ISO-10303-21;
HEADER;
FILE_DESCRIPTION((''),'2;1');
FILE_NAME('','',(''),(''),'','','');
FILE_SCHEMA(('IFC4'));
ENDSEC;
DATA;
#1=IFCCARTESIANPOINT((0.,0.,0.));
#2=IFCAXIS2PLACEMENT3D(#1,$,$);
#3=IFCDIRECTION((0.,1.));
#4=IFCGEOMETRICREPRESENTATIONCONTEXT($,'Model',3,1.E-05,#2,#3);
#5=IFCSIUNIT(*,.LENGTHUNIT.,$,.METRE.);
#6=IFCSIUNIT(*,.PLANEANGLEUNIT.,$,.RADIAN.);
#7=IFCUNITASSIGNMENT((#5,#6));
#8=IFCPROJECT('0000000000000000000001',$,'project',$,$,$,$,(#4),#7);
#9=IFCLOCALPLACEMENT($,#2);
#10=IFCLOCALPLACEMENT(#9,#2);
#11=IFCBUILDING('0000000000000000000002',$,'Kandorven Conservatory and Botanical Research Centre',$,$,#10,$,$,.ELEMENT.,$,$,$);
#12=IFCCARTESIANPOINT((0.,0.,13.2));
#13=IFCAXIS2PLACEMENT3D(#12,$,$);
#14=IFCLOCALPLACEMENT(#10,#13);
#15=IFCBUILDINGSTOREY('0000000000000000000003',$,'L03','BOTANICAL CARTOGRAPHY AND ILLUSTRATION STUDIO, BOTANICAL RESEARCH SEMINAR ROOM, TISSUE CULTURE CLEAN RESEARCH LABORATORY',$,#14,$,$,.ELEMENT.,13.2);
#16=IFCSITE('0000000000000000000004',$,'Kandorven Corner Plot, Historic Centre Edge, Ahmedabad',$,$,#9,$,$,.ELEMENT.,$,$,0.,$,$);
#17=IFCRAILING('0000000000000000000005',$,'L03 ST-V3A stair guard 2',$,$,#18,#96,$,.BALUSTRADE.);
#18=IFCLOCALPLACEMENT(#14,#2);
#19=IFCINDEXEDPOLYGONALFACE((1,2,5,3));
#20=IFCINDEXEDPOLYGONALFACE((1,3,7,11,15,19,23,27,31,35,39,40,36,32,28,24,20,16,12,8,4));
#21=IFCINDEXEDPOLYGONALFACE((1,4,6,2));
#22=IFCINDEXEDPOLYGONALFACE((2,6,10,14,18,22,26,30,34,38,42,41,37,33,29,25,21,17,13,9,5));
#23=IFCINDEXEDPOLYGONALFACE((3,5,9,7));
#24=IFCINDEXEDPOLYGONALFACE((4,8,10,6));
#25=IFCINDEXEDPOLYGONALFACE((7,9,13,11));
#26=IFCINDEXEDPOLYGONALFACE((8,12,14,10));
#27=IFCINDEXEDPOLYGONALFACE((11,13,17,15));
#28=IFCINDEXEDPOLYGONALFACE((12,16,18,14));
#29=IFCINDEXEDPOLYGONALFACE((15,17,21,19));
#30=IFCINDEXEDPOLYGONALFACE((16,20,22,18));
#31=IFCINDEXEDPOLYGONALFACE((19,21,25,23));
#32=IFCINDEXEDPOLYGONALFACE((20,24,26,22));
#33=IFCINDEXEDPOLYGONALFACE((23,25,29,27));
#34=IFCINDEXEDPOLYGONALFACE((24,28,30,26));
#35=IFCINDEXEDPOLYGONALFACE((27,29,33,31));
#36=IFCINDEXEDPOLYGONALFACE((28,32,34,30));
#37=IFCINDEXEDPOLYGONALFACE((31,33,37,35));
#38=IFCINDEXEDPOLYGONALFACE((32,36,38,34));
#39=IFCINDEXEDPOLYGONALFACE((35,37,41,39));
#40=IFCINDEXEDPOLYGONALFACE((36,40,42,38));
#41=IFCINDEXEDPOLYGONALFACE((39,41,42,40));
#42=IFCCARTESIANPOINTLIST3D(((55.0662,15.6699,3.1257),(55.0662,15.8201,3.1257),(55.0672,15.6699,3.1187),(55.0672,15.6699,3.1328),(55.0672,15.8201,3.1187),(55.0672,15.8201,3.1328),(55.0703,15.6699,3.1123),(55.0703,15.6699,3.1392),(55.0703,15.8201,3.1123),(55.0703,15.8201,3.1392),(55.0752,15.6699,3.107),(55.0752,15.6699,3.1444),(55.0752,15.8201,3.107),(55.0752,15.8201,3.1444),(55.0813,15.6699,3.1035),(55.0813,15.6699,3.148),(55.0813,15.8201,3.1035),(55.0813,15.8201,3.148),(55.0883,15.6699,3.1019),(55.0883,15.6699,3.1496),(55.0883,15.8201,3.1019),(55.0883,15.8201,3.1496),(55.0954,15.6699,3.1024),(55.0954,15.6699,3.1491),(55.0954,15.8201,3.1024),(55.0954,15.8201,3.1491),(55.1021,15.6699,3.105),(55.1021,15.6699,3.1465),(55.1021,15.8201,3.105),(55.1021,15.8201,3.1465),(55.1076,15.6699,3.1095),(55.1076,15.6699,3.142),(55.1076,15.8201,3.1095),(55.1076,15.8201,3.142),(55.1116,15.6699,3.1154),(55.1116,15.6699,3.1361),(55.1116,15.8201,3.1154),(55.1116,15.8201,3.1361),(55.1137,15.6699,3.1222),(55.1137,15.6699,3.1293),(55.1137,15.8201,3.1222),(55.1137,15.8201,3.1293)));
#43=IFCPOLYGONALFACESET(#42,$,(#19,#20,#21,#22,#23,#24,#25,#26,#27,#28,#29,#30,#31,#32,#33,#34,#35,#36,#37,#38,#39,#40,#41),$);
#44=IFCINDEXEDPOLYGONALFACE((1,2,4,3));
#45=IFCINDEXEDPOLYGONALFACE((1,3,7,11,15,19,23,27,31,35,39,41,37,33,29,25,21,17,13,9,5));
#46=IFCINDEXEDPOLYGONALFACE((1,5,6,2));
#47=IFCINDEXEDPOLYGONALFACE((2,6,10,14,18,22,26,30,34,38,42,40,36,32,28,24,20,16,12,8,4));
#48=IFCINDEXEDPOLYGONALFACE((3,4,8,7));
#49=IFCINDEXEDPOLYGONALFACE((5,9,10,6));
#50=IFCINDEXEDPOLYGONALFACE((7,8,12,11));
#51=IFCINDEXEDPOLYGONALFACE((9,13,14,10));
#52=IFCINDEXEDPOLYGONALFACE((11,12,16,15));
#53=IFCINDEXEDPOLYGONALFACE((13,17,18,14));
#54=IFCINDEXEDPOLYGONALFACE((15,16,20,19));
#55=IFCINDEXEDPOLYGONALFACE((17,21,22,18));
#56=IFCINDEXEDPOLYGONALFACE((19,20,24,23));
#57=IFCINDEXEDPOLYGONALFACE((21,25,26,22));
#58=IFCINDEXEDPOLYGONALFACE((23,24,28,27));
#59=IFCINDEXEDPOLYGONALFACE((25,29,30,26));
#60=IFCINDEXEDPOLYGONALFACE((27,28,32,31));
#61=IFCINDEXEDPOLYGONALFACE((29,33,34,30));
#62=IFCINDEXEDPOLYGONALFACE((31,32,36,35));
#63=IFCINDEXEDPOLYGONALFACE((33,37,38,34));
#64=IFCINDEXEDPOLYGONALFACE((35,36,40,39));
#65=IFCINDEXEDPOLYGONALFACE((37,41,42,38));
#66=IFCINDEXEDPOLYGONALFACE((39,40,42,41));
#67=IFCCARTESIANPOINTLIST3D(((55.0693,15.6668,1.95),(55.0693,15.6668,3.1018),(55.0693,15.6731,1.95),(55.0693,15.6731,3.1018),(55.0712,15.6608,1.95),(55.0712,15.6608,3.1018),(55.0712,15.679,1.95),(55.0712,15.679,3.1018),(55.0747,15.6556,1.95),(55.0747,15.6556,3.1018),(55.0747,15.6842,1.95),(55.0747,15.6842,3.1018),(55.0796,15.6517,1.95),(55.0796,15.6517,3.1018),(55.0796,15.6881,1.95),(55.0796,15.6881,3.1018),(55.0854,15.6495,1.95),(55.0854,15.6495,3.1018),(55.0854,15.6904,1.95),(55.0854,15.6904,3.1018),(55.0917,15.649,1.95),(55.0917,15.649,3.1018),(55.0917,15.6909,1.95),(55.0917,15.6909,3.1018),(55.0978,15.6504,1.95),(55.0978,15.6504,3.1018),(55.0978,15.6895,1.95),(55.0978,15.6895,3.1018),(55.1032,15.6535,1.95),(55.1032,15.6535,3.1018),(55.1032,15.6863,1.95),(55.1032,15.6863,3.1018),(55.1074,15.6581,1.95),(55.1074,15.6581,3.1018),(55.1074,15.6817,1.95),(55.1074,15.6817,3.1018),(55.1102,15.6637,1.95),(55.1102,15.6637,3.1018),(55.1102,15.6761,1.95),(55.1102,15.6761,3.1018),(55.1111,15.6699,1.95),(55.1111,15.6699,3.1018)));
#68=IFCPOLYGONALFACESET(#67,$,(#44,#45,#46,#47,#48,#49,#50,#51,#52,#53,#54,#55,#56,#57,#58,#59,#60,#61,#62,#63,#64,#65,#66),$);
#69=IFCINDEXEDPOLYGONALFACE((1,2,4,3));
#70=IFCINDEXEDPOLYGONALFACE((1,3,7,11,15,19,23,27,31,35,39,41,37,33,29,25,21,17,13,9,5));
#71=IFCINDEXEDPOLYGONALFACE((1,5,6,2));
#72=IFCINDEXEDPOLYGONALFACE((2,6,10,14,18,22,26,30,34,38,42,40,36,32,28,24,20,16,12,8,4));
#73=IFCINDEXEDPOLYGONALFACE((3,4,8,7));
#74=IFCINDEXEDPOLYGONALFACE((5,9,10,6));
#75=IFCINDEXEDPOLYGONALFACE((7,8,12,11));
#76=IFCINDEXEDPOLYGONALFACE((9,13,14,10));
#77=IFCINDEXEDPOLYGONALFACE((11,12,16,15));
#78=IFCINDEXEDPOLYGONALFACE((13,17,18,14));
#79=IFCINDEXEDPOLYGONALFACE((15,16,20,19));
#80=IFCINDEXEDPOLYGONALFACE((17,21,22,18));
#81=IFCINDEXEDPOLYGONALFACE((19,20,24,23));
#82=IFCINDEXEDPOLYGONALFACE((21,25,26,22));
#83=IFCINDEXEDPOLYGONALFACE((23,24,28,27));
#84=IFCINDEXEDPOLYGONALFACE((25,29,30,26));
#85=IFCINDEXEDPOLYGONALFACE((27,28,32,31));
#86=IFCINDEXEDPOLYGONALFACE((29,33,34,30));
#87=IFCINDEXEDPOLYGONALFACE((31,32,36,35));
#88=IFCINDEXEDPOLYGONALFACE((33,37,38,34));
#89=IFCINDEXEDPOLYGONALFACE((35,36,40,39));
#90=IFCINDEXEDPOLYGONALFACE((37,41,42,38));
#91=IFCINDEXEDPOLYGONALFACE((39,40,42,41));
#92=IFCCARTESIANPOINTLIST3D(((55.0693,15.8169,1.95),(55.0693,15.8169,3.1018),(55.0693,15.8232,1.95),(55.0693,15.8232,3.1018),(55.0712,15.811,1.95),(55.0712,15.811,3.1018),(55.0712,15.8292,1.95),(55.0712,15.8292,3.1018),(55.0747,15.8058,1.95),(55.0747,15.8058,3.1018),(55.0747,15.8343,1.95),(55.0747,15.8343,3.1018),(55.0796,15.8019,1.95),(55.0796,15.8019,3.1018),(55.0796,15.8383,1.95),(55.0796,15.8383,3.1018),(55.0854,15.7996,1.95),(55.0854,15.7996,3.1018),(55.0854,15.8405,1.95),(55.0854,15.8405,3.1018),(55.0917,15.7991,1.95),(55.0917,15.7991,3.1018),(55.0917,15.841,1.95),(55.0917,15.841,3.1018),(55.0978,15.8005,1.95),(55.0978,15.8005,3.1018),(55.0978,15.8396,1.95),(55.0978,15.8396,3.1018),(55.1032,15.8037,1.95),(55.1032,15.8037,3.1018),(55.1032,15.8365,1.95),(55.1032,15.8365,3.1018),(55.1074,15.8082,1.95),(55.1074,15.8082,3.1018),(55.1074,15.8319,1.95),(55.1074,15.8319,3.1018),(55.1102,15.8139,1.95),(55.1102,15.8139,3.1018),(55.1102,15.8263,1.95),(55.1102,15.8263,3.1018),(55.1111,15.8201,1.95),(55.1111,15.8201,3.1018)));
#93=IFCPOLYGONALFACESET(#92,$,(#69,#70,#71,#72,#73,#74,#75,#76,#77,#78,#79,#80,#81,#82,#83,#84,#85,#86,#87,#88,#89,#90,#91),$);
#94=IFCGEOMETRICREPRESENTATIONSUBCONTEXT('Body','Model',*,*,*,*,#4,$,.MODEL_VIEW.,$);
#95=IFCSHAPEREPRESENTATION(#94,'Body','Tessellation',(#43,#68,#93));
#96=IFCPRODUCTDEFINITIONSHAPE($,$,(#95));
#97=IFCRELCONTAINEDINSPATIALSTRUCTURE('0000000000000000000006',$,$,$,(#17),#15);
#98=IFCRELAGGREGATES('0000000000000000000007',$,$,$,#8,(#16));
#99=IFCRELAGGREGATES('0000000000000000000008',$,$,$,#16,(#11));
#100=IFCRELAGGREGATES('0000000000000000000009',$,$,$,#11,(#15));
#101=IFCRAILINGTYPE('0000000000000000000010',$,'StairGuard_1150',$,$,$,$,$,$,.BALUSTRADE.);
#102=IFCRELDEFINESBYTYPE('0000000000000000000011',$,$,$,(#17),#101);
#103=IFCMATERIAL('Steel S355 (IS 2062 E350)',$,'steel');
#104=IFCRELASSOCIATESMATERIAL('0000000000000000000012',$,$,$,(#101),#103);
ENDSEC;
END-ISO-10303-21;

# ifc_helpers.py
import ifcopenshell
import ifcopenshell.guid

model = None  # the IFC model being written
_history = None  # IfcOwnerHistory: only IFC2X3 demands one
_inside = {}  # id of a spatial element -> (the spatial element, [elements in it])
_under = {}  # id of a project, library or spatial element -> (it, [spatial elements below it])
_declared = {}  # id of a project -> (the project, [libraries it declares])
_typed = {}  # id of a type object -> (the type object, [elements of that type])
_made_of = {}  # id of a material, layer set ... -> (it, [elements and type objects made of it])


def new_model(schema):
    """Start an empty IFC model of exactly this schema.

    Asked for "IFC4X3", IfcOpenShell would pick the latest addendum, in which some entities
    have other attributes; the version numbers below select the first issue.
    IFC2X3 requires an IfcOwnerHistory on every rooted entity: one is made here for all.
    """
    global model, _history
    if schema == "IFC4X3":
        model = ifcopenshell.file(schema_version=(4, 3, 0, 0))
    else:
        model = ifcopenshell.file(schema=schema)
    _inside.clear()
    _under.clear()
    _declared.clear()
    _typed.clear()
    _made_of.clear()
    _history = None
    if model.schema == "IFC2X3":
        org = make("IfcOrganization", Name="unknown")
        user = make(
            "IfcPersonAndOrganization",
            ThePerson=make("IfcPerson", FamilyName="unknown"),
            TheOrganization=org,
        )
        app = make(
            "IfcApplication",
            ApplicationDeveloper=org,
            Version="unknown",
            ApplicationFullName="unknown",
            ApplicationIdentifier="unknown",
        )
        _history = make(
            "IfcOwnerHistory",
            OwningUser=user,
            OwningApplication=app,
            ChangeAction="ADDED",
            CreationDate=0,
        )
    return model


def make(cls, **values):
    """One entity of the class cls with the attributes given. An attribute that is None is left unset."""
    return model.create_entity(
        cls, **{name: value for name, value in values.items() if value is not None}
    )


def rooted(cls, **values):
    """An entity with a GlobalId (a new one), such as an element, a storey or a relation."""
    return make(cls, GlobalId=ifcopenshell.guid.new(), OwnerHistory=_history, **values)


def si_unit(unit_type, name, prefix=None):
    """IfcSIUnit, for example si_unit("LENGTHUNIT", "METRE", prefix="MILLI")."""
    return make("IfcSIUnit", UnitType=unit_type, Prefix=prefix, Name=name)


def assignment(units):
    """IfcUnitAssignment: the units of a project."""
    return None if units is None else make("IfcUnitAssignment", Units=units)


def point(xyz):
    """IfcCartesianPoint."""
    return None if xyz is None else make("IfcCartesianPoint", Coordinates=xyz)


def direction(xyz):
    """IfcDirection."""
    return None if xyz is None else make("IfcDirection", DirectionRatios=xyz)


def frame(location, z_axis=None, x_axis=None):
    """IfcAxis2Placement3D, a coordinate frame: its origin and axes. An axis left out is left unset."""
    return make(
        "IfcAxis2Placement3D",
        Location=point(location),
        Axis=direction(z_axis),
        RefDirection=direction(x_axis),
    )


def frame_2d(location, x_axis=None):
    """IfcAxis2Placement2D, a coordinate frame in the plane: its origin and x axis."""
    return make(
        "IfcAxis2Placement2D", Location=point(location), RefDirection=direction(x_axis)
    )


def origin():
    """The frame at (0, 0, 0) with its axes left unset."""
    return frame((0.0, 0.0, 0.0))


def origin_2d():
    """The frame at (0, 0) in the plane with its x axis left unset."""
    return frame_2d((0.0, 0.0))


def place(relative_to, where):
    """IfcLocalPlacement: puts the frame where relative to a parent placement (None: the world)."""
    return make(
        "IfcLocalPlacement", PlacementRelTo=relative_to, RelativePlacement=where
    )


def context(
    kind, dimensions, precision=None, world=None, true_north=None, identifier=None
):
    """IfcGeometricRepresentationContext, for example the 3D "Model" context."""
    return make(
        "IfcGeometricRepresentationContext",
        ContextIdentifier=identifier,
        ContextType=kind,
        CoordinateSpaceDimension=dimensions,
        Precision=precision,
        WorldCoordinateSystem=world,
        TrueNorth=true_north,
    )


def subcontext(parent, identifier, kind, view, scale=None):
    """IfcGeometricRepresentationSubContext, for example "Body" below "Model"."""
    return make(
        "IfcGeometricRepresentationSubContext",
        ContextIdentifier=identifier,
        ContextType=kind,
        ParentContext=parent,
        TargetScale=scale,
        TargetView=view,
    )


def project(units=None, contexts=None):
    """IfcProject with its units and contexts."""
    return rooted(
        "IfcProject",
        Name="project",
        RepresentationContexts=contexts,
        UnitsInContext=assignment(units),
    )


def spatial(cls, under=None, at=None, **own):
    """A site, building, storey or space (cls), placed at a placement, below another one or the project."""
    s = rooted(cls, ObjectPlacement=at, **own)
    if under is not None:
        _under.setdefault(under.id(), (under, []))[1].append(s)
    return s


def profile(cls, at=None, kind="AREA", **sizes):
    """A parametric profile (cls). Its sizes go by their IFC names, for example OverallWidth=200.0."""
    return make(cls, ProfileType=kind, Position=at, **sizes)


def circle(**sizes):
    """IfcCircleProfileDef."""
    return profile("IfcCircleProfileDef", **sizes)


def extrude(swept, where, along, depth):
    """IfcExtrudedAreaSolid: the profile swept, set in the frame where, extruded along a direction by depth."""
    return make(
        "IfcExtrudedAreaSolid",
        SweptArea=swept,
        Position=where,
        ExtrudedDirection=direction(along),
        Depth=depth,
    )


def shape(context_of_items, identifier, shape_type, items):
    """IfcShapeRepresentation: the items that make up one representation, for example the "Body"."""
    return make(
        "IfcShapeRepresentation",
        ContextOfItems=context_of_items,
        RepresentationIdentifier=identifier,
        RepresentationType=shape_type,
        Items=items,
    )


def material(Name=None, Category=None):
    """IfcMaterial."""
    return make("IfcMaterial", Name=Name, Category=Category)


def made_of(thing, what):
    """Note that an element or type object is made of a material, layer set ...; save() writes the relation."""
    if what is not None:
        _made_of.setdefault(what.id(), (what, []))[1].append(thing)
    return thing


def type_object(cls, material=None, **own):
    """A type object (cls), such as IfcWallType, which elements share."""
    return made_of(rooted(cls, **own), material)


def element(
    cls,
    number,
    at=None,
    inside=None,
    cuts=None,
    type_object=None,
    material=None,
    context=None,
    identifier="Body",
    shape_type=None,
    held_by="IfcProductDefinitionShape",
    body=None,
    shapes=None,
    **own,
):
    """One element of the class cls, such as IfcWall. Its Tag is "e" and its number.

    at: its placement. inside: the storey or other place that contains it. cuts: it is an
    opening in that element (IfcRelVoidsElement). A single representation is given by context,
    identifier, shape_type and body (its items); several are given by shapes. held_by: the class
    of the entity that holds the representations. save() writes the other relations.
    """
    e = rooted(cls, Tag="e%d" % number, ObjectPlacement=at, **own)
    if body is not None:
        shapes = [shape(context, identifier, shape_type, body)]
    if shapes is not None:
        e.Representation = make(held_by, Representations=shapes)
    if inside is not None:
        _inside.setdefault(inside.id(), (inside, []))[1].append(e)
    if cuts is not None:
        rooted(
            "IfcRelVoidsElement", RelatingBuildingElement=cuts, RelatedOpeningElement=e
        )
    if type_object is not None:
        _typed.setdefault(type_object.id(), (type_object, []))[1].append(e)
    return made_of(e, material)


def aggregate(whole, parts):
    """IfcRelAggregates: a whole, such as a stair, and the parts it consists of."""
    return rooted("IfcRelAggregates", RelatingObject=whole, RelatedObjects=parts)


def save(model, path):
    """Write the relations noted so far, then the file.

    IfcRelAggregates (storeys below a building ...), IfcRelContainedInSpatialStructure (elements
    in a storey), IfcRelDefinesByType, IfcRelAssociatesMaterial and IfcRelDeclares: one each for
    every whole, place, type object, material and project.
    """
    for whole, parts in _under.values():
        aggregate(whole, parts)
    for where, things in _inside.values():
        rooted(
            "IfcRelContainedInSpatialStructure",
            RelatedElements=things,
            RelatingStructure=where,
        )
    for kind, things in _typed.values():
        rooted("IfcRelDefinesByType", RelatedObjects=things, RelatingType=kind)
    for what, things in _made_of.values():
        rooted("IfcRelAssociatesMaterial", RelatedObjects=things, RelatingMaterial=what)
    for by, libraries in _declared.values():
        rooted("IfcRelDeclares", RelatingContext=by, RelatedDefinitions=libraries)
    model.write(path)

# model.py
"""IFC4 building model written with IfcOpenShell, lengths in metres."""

from ifc_helpers import new_model, si_unit, direction, frame, origin, origin_2d, place, context, subcontext, project, spatial, circle, extrude, material, type_object, element, save


model = new_model("IFC4")

# Units and contexts
model_context = context("Model", 3, precision=1e-05, world=origin(), true_north=direction((0.0, 1.0)))
body_context = subcontext(model_context, "Body", "Model", "MODEL_VIEW")
ifc_project = project(units=[si_unit("LENGTHUNIT", "METRE"), si_unit("PLANEANGLEUNIT", "RADIAN")], contexts=[model_context])

# Site, building, storey
site_placement = place(None, origin())
site = spatial("IfcSite", under=ifc_project, at=site_placement, Name="Kandorven Corner Plot, Historic Centre Edge, Ahmedabad", CompositionType="ELEMENT", RefElevation=0.0)
building_placement = place(site_placement, origin())
building = spatial("IfcBuilding", under=site, at=building_placement, Name="Kandorven Conservatory and Botanical Research Centre", CompositionType="ELEMENT")
storey_placement = place(building_placement, frame((0.0, 0.0, 13.2)))
storey = spatial("IfcBuildingStorey", under=building, at=storey_placement, Name="L03", Description="BOTANICAL CARTOGRAPHY AND ILLUSTRATION STUDIO, BOTANICAL RESEARCH SEMINAR ROOM, TISSUE CULTURE CLEAN RESEARCH LABORATORY", CompositionType="ELEMENT", Elevation=13.2)

# Railing
ifc_material_1 = material(Name="Steel S355 (IS 2062 E350)", Category="steel")
railing_type_1 = type_object("IfcRailingType", Name="StairGuard_1150", PredefinedType="BALUSTRADE", material=ifc_material_1)
railing_1_placement = place(storey_placement, frame((55.0901, 15.6699, 1.95)))
element("IfcRailing", 1, at=railing_1_placement, inside=storey, type_object=railing_type_1, Name="L03 ST-V3A stair guard 2", PredefinedType="BALUSTRADE", context=body_context, shape_type="SweptSolid", body=[
    extrude(circle(Radius=0.0239, at=origin_2d()), frame((0.0, 0.0, 1.1758), z_axis=(0.0, 1.0, 0.0), x_axis=(-1.0, 0.0, 0.0)), (0.0, 0.0, 1.0), 0.1501),
    extrude(circle(Radius=0.021, at=origin_2d()), origin(), (0.0, 0.0, 1.0), 1.1519),
    extrude(circle(Radius=0.021, at=origin_2d()), frame((0.0, 0.1501, 0.0)), (0.0, 0.0, 1.0), 1.1519),
])

save(model, "model.ifc")
